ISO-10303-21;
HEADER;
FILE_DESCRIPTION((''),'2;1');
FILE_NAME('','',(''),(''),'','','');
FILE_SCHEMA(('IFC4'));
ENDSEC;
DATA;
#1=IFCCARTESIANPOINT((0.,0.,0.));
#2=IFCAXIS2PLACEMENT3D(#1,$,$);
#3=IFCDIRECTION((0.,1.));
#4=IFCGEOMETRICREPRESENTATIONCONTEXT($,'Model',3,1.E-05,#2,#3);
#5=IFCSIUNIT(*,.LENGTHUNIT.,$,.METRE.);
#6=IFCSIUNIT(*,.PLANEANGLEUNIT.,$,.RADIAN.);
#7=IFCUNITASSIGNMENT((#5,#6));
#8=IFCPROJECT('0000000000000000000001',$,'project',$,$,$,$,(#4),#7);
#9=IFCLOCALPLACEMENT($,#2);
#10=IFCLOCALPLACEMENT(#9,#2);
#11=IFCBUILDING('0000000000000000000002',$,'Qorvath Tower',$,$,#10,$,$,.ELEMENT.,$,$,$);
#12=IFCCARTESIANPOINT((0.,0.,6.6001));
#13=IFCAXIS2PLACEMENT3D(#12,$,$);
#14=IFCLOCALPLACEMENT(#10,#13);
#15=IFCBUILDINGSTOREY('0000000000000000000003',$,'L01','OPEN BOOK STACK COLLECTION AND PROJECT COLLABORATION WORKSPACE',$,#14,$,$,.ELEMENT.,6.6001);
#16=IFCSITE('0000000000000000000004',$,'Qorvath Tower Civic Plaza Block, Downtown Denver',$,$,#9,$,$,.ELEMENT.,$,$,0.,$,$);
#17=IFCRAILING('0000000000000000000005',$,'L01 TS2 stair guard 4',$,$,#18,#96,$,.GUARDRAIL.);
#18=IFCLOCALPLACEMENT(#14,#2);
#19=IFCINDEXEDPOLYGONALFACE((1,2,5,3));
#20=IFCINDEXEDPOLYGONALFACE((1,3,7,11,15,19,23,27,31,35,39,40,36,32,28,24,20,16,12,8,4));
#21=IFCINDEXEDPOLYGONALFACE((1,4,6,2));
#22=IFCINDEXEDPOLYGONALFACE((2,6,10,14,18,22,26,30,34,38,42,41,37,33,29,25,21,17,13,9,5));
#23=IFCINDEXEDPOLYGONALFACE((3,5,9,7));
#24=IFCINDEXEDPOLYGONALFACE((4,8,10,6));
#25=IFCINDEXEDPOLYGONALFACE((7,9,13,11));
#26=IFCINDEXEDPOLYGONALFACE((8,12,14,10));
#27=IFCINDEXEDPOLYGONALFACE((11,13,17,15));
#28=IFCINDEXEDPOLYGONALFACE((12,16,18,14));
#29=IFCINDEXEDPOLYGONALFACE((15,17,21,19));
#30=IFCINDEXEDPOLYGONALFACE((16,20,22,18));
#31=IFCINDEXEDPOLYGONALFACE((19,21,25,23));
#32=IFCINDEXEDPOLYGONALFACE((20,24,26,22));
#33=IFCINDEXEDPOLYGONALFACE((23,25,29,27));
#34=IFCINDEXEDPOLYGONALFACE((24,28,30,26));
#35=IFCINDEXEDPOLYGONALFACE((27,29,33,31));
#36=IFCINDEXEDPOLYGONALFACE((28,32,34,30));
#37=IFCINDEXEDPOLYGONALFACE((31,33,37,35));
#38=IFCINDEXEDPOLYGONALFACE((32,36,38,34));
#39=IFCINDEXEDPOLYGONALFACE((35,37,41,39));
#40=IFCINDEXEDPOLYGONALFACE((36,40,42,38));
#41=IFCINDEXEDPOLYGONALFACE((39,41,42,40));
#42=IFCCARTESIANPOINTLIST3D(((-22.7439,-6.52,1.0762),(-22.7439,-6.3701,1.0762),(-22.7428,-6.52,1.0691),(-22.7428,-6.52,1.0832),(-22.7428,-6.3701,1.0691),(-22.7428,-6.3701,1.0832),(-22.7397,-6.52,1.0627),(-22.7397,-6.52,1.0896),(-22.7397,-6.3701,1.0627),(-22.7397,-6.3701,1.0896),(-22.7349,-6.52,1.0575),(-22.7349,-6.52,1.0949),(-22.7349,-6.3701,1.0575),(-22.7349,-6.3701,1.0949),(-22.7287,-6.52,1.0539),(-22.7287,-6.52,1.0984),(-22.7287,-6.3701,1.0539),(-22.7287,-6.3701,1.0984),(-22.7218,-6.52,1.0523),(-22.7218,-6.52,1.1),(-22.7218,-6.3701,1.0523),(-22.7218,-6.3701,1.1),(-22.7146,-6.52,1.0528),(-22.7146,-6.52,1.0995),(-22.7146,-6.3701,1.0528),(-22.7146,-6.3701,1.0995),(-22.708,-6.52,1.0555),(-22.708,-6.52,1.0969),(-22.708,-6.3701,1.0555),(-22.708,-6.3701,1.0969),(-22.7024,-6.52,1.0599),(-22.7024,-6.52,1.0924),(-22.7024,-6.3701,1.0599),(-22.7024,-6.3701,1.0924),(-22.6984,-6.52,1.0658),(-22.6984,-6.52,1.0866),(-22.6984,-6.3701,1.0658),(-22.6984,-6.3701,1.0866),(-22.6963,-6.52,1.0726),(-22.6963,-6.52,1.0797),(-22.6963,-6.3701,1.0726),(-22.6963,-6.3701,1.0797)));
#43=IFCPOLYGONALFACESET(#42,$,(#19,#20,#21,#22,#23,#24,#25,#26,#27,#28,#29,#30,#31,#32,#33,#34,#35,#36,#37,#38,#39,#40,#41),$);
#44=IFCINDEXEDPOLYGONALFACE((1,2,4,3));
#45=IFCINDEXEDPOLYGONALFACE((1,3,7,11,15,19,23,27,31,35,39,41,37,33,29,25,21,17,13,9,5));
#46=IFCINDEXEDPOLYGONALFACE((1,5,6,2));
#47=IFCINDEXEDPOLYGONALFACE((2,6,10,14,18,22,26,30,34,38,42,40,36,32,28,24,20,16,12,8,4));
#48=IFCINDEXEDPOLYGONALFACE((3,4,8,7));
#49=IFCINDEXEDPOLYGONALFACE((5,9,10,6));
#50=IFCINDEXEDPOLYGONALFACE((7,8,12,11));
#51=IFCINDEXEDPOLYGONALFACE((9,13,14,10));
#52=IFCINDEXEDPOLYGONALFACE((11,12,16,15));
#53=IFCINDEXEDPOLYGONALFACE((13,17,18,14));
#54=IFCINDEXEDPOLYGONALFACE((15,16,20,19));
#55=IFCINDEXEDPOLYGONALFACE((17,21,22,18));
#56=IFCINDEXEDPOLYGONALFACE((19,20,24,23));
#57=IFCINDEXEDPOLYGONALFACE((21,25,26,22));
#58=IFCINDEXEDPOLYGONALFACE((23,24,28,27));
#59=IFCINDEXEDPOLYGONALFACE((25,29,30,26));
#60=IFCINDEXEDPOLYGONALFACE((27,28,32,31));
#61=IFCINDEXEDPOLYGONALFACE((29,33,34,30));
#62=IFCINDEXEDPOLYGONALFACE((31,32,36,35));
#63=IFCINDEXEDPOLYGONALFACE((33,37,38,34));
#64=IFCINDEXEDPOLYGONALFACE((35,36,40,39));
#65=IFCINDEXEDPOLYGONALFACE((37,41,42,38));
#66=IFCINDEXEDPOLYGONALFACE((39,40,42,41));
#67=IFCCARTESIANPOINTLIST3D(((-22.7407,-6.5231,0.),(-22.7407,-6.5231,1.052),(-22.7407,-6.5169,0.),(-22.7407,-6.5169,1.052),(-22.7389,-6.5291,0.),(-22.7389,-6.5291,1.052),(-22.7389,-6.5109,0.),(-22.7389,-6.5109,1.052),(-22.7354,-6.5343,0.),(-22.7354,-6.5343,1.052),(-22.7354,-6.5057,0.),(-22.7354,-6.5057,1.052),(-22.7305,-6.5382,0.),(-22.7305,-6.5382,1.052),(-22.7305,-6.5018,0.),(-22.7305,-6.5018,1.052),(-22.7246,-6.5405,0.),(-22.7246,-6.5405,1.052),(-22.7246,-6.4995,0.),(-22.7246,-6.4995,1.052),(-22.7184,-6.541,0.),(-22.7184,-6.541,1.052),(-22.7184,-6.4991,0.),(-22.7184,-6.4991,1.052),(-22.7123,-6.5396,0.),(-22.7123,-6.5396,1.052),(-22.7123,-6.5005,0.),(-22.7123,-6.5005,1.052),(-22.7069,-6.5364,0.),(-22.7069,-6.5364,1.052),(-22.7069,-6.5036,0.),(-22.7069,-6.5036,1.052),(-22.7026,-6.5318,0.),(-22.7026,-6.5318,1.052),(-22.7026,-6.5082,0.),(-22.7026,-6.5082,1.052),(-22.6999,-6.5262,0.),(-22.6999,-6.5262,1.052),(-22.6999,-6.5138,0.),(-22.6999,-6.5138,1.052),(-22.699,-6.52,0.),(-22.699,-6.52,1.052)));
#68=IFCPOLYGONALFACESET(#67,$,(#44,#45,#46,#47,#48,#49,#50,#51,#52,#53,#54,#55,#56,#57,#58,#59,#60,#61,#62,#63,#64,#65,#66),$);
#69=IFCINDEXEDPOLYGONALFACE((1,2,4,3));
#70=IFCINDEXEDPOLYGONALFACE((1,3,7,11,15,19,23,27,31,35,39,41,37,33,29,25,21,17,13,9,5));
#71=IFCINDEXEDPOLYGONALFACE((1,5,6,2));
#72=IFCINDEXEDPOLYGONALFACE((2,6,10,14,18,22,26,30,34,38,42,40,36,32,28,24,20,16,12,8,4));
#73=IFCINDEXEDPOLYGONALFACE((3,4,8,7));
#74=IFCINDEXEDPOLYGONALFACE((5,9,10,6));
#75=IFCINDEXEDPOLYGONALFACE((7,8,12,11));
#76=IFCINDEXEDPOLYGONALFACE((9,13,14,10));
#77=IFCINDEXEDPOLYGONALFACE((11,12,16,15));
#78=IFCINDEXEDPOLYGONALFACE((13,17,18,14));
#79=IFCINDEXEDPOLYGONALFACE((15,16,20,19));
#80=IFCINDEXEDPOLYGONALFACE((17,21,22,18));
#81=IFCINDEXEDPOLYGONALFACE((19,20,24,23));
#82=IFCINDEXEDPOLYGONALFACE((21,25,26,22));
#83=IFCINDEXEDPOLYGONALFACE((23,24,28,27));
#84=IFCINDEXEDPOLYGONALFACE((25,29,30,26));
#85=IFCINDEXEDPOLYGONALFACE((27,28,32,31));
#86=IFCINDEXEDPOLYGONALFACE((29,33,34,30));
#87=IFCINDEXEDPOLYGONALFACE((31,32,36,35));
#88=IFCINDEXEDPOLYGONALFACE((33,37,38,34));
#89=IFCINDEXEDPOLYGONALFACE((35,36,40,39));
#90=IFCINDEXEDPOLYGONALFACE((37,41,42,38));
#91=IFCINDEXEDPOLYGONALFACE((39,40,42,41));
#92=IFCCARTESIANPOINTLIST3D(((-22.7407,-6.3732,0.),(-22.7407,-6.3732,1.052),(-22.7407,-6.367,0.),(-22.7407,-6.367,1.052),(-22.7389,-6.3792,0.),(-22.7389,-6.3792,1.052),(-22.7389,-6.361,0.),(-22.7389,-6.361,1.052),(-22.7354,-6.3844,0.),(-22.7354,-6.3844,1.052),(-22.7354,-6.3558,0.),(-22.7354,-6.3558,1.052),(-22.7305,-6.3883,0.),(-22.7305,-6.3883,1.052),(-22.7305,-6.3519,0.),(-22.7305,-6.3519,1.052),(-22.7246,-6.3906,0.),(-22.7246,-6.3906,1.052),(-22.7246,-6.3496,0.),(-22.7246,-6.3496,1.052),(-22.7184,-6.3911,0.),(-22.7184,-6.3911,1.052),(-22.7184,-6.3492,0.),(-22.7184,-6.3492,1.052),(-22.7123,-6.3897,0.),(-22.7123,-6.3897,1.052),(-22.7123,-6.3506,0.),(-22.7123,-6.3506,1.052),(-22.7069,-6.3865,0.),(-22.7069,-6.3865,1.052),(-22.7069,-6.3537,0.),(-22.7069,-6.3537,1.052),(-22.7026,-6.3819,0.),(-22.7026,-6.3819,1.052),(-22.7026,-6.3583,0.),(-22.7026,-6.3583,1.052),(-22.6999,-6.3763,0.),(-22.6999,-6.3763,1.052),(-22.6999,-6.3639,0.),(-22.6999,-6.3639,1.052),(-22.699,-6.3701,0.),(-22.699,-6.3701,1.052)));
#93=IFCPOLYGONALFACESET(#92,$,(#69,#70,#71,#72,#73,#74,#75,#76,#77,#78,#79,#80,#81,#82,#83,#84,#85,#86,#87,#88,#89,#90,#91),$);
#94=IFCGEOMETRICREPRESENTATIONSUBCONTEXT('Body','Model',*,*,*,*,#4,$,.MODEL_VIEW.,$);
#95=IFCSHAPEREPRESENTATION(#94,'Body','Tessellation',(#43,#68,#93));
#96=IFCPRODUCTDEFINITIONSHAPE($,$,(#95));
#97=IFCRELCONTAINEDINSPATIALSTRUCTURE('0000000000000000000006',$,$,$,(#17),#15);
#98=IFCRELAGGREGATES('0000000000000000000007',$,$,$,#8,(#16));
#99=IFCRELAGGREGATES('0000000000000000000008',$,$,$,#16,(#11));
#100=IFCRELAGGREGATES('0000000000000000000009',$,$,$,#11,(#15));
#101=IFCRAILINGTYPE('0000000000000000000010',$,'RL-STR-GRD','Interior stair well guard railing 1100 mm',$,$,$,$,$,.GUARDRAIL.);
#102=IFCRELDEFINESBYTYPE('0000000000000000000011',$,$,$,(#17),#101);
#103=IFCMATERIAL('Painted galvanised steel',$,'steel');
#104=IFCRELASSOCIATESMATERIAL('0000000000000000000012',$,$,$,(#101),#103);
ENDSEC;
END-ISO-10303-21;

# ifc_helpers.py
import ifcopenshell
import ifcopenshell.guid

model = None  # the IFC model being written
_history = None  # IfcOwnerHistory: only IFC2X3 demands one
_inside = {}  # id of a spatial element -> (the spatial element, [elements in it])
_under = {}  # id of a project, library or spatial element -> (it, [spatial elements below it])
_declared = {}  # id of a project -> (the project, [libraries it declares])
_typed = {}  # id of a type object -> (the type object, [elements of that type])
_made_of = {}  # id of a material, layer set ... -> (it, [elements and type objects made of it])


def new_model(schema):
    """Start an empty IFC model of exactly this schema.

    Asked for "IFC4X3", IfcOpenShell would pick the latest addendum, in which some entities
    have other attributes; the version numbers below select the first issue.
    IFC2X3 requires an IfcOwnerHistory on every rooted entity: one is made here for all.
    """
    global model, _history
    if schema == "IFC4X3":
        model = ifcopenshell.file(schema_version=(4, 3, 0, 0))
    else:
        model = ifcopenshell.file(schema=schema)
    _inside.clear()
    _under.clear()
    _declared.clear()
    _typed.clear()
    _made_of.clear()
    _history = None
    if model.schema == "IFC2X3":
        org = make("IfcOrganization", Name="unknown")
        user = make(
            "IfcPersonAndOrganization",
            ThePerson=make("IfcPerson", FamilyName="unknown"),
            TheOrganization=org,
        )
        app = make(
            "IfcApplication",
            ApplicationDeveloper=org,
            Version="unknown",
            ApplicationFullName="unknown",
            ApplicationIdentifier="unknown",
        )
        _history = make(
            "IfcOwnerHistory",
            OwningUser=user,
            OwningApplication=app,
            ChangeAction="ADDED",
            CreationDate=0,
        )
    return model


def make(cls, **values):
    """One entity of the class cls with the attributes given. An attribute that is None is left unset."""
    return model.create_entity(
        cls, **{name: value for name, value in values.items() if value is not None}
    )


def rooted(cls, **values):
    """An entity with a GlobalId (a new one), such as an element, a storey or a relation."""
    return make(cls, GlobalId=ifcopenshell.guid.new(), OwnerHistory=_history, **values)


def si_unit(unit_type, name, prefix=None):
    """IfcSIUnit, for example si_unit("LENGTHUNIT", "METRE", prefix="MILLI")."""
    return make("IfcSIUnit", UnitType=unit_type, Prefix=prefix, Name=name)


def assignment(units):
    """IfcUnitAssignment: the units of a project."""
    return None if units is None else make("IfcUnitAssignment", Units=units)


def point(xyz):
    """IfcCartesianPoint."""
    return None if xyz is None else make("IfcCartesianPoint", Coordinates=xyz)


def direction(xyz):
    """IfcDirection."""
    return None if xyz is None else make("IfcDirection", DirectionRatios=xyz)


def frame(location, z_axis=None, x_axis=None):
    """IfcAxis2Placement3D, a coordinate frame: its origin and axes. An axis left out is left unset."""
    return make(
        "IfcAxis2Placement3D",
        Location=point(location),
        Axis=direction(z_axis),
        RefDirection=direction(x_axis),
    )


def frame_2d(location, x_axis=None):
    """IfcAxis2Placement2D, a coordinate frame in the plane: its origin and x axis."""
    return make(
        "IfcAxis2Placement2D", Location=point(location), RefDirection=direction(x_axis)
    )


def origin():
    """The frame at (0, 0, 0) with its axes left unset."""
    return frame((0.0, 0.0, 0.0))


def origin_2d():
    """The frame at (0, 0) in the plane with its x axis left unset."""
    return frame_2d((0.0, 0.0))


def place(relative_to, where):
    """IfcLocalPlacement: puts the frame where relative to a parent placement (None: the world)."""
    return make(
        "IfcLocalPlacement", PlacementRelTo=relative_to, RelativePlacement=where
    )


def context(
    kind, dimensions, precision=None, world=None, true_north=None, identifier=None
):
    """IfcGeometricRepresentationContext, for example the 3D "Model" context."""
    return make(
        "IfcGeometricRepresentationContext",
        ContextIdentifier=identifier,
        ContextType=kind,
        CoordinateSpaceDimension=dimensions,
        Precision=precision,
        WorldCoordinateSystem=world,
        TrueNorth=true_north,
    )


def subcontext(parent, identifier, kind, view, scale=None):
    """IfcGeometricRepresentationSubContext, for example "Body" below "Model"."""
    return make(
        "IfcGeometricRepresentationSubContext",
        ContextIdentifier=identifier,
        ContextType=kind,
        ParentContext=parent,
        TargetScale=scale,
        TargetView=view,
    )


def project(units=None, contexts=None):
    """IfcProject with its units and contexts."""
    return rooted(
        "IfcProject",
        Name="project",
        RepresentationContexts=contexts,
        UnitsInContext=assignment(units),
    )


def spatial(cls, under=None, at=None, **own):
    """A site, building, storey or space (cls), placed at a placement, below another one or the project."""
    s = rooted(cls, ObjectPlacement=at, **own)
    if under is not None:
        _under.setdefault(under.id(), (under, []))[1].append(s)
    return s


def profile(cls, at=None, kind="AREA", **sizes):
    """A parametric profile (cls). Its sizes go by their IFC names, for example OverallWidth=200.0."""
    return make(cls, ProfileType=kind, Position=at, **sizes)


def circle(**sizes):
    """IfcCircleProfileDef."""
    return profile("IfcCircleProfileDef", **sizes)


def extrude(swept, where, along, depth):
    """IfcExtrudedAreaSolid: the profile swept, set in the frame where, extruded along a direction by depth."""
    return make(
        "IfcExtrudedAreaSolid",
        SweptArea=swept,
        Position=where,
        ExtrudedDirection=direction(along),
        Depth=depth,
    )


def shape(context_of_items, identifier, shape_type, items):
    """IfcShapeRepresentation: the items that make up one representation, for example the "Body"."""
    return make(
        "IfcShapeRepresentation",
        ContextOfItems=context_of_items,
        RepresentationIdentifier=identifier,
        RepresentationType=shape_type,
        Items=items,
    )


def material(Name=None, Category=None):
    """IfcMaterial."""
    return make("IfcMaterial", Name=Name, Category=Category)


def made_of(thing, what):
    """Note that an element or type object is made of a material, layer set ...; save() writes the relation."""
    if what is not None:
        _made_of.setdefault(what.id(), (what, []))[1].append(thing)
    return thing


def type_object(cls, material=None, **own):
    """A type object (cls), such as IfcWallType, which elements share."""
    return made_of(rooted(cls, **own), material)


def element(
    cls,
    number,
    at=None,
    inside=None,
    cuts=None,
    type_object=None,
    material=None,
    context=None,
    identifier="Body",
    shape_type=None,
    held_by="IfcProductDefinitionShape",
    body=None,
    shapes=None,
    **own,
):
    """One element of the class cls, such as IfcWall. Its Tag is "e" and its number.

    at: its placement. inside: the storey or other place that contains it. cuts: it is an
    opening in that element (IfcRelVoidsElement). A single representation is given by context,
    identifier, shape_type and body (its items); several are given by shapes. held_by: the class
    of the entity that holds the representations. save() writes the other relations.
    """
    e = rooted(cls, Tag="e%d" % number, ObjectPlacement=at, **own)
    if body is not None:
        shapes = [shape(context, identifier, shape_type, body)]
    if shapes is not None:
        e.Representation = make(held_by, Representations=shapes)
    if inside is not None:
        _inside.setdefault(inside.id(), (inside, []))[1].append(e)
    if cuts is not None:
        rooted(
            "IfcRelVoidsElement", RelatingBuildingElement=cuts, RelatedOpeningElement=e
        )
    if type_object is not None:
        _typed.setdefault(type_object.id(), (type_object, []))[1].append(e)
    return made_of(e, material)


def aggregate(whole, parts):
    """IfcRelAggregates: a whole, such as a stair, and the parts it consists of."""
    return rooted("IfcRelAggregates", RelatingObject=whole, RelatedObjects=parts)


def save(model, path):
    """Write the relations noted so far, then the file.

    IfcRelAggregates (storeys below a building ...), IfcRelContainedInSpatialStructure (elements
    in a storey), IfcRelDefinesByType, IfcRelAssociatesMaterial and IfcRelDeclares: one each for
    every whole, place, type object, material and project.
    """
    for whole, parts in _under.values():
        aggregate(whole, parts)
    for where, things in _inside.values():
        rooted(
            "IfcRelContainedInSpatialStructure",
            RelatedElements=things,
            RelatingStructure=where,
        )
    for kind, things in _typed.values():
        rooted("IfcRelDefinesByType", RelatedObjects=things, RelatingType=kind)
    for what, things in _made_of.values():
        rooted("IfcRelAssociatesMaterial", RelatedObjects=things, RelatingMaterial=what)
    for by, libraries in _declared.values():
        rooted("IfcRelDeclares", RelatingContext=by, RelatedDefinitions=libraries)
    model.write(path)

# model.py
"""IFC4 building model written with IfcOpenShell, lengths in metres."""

from ifc_helpers import new_model, si_unit, direction, frame, origin, origin_2d, place, context, subcontext, project, spatial, circle, extrude, material, type_object, element, save


model = new_model("IFC4")

# Units and contexts
model_context = context("Model", 3, precision=1e-05, world=origin(), true_north=direction((0.0, 1.0)))
body_context = subcontext(model_context, "Body", "Model", "MODEL_VIEW")
ifc_project = project(units=[si_unit("LENGTHUNIT", "METRE"), si_unit("PLANEANGLEUNIT", "RADIAN")], contexts=[model_context])

# Site, building, storey
site_placement = place(None, origin())
site = spatial("IfcSite", under=ifc_project, at=site_placement, Name="Qorvath Tower Civic Plaza Block, Downtown Denver", CompositionType="ELEMENT", RefElevation=0.0)
building_placement = place(site_placement, origin())
building = spatial("IfcBuilding", under=site, at=building_placement, Name="Qorvath Tower", CompositionType="ELEMENT")
storey_placement = place(building_placement, frame((0.0, 0.0, 6.6001)))
storey = spatial("IfcBuildingStorey", under=building, at=storey_placement, Name="L01", Description="OPEN BOOK STACK COLLECTION AND PROJECT COLLABORATION WORKSPACE", CompositionType="ELEMENT", Elevation=6.6001)

# Railing
ifc_material_1 = material(Name="Painted galvanised steel", Category="steel")
railing_type_1 = type_object("IfcRailingType", Name="RL-STR-GRD", Description="Interior stair well guard railing 1100 mm", PredefinedType="GUARDRAIL", material=ifc_material_1)
railing_1_placement = place(storey_placement, frame((-22.72, -6.52, 0.0)))
element("IfcRailing", 1, at=railing_1_placement, inside=storey, type_object=railing_type_1, Name="L01 TS2 stair guard 4", PredefinedType="GUARDRAIL", context=body_context, shape_type="SweptSolid", body=[
    extrude(circle(Radius=0.0239, at=origin_2d()), frame((0.0, 0.0, 1.0762), z_axis=(0.0, 1.0, 0.0), x_axis=(-1.0, 0.0, 0.0)), (0.0, 0.0, 1.0), 0.1499),
    extrude(circle(Radius=0.021, at=origin_2d()), origin(), (0.0, 0.0, 1.0), 1.052),
    extrude(circle(Radius=0.021, at=origin_2d()), frame((0.0, 0.1499, 0.0)), (0.0, 0.0, 1.0), 1.052),
])

save(model, "model.ifc")
